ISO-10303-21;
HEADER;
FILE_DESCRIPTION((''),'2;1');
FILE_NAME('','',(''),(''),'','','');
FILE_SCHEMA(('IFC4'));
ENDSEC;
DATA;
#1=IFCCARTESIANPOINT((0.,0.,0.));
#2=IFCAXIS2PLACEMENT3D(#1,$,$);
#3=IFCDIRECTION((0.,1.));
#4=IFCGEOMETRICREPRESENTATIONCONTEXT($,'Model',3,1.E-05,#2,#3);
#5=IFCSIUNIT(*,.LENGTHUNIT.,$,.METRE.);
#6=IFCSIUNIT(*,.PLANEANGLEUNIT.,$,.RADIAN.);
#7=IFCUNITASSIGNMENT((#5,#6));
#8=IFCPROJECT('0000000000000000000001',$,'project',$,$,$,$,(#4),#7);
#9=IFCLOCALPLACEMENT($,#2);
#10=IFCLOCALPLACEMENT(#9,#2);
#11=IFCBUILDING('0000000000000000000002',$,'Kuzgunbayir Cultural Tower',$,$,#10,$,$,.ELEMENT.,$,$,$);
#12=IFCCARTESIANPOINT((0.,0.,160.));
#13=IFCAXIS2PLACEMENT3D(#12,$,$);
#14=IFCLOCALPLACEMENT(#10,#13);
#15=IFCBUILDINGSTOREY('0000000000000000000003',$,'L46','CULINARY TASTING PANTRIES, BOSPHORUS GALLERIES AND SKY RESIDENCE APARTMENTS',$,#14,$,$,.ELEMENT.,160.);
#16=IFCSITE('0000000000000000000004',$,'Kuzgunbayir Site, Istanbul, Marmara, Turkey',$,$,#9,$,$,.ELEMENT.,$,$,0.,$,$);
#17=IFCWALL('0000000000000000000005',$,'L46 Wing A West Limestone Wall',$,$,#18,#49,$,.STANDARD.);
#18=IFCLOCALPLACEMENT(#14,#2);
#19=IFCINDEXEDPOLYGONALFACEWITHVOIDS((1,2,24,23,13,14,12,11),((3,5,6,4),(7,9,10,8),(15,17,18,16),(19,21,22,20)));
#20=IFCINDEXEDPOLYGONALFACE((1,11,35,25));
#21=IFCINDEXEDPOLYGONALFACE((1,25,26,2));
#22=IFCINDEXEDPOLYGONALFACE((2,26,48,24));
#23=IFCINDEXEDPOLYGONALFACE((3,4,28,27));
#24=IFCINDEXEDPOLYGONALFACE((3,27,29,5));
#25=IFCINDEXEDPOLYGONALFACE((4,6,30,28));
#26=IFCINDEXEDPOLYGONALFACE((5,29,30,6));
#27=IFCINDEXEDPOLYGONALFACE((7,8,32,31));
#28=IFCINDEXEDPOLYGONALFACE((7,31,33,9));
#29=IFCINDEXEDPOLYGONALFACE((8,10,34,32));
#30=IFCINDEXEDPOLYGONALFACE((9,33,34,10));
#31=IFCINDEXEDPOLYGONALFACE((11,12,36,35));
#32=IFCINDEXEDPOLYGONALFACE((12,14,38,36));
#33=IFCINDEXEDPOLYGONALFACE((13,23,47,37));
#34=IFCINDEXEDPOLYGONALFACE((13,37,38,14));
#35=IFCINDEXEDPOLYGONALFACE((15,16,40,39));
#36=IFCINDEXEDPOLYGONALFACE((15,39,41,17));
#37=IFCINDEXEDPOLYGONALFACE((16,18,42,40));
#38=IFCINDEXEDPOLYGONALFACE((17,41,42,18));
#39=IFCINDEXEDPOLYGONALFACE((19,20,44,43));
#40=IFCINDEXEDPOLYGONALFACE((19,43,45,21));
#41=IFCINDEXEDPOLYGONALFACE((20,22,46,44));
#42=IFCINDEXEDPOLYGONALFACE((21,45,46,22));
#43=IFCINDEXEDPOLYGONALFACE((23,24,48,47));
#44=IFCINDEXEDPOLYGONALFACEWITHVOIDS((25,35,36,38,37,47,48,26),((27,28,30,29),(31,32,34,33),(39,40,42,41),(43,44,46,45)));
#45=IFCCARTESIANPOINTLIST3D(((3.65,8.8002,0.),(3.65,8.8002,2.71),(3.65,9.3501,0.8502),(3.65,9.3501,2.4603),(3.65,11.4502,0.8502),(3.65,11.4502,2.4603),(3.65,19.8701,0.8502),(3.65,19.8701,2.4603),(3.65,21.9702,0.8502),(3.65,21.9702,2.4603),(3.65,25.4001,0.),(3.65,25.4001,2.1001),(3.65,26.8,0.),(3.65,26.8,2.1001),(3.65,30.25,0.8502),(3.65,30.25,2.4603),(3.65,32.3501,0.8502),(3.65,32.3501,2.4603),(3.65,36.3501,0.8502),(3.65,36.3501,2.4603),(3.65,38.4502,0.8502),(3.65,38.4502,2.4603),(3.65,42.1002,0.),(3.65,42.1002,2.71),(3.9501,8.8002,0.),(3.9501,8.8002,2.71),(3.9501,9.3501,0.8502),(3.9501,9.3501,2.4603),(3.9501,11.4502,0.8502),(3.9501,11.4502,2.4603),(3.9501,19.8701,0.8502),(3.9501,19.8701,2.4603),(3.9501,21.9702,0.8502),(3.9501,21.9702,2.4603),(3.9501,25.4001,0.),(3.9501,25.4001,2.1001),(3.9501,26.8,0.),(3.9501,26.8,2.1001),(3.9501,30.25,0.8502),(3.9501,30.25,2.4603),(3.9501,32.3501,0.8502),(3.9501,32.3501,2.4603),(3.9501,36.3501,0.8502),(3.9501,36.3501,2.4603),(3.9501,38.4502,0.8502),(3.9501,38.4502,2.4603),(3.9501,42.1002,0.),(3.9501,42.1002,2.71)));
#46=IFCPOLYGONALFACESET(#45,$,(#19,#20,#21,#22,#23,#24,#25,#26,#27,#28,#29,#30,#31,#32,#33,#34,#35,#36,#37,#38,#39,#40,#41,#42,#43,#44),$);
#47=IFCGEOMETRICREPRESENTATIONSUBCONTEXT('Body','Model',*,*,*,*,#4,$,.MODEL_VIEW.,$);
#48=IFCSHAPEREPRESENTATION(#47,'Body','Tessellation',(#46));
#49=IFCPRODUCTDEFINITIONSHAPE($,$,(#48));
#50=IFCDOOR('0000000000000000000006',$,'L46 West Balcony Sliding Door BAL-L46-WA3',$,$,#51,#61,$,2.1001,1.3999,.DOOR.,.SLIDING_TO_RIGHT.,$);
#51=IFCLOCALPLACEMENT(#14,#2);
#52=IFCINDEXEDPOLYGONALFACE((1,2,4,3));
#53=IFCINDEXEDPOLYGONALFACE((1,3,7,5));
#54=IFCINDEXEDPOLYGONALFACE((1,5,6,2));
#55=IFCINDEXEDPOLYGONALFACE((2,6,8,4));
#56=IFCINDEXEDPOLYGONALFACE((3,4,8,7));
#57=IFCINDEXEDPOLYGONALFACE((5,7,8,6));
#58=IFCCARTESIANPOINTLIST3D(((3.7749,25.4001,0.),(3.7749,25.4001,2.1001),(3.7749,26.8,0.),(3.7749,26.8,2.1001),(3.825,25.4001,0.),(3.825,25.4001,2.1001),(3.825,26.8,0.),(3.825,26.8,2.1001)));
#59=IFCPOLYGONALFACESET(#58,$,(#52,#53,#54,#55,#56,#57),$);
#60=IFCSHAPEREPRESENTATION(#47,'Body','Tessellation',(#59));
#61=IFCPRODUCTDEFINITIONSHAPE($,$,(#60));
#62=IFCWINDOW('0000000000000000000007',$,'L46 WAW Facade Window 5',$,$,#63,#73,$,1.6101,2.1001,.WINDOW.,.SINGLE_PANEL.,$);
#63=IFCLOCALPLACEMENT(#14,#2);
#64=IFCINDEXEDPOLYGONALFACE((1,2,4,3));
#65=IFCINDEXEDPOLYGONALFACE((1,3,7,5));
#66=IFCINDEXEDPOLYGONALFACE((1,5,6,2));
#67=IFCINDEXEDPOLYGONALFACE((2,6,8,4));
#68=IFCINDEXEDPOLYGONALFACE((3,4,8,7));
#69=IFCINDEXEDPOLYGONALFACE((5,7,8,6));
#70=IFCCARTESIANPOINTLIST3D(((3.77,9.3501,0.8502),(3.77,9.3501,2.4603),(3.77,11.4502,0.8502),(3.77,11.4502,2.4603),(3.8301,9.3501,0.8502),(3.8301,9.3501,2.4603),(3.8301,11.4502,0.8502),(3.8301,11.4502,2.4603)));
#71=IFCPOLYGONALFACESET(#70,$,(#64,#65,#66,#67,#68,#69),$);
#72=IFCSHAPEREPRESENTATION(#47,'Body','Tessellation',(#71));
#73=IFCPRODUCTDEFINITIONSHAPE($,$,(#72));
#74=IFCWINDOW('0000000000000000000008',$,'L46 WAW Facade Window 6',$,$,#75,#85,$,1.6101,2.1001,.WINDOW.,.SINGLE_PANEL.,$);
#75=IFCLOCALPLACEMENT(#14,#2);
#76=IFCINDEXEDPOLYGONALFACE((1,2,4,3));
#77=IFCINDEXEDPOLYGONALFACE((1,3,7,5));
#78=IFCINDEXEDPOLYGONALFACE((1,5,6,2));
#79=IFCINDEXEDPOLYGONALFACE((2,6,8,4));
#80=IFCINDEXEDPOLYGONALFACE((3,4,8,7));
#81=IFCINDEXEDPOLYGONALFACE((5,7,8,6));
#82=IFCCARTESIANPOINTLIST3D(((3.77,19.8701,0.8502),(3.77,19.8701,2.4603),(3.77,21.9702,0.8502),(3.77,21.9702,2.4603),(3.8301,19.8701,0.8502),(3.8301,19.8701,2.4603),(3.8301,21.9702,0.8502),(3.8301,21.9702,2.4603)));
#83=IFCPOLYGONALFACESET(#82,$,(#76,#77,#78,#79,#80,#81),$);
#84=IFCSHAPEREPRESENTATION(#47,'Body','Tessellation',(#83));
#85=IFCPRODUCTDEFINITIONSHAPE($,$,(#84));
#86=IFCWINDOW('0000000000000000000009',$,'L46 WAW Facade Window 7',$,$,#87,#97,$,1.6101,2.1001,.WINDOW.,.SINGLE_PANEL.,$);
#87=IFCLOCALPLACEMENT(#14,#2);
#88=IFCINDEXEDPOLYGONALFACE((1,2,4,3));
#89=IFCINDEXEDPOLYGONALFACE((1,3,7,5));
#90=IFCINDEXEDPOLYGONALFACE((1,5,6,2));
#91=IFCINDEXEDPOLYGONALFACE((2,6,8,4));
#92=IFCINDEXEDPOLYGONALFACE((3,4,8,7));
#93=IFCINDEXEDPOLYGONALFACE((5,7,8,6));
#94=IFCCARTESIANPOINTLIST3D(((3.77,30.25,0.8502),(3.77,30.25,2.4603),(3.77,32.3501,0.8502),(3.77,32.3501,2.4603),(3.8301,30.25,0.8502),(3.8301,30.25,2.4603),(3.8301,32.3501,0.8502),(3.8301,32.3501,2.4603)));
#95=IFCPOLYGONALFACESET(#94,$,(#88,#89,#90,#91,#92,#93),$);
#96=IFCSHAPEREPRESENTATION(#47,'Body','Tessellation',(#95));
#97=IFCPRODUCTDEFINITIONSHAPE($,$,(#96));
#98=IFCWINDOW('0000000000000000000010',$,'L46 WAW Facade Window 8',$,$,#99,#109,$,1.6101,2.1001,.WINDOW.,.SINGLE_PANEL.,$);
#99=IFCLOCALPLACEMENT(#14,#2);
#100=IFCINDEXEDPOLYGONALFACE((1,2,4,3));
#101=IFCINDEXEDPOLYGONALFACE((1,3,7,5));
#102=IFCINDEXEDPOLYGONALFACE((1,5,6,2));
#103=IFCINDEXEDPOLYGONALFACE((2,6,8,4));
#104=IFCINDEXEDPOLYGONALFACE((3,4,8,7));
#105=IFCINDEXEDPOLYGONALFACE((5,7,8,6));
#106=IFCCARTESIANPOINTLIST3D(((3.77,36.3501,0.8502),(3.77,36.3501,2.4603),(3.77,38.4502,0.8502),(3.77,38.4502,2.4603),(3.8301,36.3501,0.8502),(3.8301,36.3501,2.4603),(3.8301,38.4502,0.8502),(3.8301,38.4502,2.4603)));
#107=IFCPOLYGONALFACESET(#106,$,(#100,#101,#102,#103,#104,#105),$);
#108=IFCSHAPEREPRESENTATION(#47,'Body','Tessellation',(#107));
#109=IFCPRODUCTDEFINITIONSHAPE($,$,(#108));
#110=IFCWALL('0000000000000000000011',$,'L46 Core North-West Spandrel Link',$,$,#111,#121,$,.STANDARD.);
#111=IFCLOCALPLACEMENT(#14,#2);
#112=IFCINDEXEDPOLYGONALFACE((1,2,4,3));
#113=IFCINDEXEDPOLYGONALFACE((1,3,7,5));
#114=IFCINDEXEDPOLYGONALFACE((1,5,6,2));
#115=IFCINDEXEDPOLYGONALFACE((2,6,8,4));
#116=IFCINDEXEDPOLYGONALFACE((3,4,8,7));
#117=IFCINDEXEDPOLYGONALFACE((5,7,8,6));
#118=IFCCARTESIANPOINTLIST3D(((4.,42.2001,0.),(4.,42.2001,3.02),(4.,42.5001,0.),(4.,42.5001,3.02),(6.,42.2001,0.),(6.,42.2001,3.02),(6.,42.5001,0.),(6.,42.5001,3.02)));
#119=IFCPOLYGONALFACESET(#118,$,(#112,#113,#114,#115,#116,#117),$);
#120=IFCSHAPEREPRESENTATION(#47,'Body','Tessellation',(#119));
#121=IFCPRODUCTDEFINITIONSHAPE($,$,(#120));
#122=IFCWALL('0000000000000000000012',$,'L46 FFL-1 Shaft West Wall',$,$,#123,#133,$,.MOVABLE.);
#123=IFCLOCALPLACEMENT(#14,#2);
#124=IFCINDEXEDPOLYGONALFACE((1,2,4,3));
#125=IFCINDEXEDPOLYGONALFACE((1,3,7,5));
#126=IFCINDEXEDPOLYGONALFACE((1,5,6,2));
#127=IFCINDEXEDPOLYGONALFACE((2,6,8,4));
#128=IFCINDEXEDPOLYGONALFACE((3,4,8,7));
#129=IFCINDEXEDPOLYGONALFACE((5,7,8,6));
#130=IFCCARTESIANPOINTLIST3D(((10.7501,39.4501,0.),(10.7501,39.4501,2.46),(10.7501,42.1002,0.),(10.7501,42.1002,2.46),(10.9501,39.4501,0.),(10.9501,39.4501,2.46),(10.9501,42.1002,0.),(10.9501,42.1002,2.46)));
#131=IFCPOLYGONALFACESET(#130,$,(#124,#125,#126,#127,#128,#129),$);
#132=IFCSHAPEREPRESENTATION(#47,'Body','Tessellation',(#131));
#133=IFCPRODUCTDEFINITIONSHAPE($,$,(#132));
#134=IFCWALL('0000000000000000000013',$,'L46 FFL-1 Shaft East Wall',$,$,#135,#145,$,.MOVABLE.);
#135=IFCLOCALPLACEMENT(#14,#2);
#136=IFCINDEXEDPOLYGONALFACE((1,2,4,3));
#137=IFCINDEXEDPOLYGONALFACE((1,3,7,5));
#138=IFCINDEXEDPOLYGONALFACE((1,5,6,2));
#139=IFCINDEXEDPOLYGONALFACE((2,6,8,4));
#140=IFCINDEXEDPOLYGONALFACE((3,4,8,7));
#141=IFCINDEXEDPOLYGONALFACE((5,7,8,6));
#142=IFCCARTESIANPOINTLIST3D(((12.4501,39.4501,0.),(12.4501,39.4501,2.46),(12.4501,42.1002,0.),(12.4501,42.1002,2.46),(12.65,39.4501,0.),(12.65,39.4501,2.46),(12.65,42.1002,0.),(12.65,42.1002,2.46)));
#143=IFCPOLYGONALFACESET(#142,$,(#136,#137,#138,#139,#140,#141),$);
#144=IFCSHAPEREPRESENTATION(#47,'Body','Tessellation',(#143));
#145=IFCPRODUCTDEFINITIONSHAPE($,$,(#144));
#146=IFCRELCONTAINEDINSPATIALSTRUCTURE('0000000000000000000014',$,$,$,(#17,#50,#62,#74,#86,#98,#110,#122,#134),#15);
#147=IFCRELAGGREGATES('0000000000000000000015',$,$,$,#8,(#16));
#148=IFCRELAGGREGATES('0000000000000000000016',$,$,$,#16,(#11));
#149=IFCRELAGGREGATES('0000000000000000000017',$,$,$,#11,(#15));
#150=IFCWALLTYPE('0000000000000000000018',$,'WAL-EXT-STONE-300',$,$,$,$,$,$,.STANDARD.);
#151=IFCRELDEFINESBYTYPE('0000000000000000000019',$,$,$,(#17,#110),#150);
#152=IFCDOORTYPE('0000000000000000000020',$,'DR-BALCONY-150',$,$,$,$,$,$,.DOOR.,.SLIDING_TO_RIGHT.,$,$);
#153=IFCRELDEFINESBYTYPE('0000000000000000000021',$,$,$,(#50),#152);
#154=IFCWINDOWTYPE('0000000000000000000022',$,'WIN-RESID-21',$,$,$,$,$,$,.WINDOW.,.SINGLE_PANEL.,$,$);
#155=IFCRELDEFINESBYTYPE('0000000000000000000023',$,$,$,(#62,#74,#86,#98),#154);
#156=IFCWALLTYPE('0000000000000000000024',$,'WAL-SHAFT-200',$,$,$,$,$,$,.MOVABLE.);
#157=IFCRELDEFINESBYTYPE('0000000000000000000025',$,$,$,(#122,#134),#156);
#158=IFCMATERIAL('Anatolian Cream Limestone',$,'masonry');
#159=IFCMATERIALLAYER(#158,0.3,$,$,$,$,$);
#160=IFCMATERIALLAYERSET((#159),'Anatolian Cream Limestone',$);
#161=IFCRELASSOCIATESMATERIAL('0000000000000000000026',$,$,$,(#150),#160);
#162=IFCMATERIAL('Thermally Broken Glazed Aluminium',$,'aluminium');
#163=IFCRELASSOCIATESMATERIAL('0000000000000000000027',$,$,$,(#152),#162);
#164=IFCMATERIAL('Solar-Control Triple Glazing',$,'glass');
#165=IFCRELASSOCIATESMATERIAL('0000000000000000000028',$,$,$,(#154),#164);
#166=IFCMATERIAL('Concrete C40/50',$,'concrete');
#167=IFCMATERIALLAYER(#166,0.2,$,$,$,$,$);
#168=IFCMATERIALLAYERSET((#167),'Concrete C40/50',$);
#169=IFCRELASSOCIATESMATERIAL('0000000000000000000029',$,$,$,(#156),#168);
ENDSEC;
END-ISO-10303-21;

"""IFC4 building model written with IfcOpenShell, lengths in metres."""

from ifc_helpers import new_model, si_unit, direction, frame, frame_2d, origin, place, context, subcontext, project, spatial, rectangle, extrude, material, layer, layer_set, type_object, element, fill, save


model = new_model("IFC4")

# Units and contexts
model_context = context("Model", 3, precision=1e-05, world=origin(), true_north=direction((0.0, 1.0)))
body_context = subcontext(model_context, "Body", "Model", "MODEL_VIEW")
ifc_project = project(units=[si_unit("LENGTHUNIT", "METRE"), si_unit("PLANEANGLEUNIT", "RADIAN")], contexts=[model_context])

# Site, building, storey
site_placement = place(None, origin())
site = spatial("IfcSite", under=ifc_project, at=site_placement, Name="Kuzgunbayir Site, Istanbul, Marmara, Turkey", CompositionType="ELEMENT", RefElevation=0.0)
building_placement = place(site_placement, origin())
building = spatial("IfcBuilding", under=site, at=building_placement, Name="Kuzgunbayir Cultural Tower", CompositionType="ELEMENT")
storey_placement = place(building_placement, frame((0.0, 0.0, 160.0)))
storey = spatial("IfcBuildingStorey", under=building, at=storey_placement, Name="L46", Description="CULINARY TASTING PANTRIES, BOSPHORUS GALLERIES AND SKY RESIDENCE APARTMENTS", CompositionType="ELEMENT", Elevation=160.0)

# Wall, openings, door, windows
ifc_material_1 = material(Name="Anatolian Cream Limestone", Category="masonry")
ifc_layer_1 = layer(ifc_material_1, 0.3)
ifc_layer_set_1 = layer_set([ifc_layer_1], Name="Anatolian Cream Limestone")
wall_type_1 = type_object("IfcWallType", Name="WAL-EXT-STONE-300", PredefinedType="STANDARD", material=ifc_layer_set_1)
wall_1_placement = place(storey_placement, frame((3.8, 42.1001, 0.0), z_axis=(0.0, 0.0, 1.0), x_axis=(0.0, -1.0, 0.0)))
wall_1 = element("IfcWall", 1, at=wall_1_placement, inside=storey, type_object=wall_type_1, Name="L46 Wing A West Limestone Wall", PredefinedType="STANDARD", context=body_context, shape_type="SweptSolid", body=[
    extrude(rectangle(XDim=33.3, YDim=0.3, at=frame_2d((16.6499, 0.0))), origin(), (0.0, 0.0, 1.0), 2.71),
])
opening_1_placement = place(wall_1_placement, frame((15.3, 0.0, 0.0)))
opening_1 = element("IfcOpeningElement", 2, at=opening_1_placement, cuts=wall_1, PredefinedType="OPENING", context=body_context, shape_type="SweptSolid", body=[
    extrude(rectangle(XDim=1.3999, YDim=2.1001, at=frame_2d((0.7, 1.05))), frame((0.0, 0.1602, 0.0), z_axis=(0.0, -1.0, 0.0), x_axis=(1.0, 0.0, 0.0)), (0.0, 0.0, 1.0), 0.3201),
])
opening_2_placement = place(wall_1_placement, frame((30.6499, 0.0, 0.8501)))
opening_2 = element("IfcOpeningElement", 3, at=opening_2_placement, cuts=wall_1, PredefinedType="OPENING", context=body_context, shape_type="SweptSolid", body=[
    extrude(rectangle(XDim=2.1001, YDim=1.6101, at=frame_2d((1.05, 0.8052))), frame((0.0, 0.1602, 0.0), z_axis=(0.0, -1.0, 0.0), x_axis=(1.0, 0.0, 0.0)), (0.0, 0.0, 1.0), 0.3201),
])
opening_3_placement = place(wall_1_placement, frame((20.1299, 0.0, 0.8501)))
opening_3 = element("IfcOpeningElement", 4, at=opening_3_placement, cuts=wall_1, PredefinedType="OPENING", context=body_context, shape_type="SweptSolid", body=[
    extrude(rectangle(XDim=2.1001, YDim=1.6101, at=frame_2d((1.05, 0.8052))), frame((0.0, 0.1602, 0.0), z_axis=(0.0, -1.0, 0.0), x_axis=(1.0, 0.0, 0.0)), (0.0, 0.0, 1.0), 0.3201),
])
opening_4_placement = place(wall_1_placement, frame((9.75, 0.0, 0.8501)))
opening_4 = element("IfcOpeningElement", 5, at=opening_4_placement, cuts=wall_1, PredefinedType="OPENING", context=body_context, shape_type="SweptSolid", body=[
    extrude(rectangle(XDim=2.1001, YDim=1.6101, at=frame_2d((1.05, 0.8052))), frame((0.0, 0.1602, 0.0), z_axis=(0.0, -1.0, 0.0), x_axis=(1.0, 0.0, 0.0)), (0.0, 0.0, 1.0), 0.3201),
])
opening_5_placement = place(wall_1_placement, frame((3.6499, 0.0, 0.8501)))
opening_5 = element("IfcOpeningElement", 6, at=opening_5_placement, cuts=wall_1, PredefinedType="OPENING", context=body_context, shape_type="SweptSolid", body=[
    extrude(rectangle(XDim=2.1001, YDim=1.6101, at=frame_2d((1.05, 0.8052))), frame((0.0, 0.1602, 0.0), z_axis=(0.0, -1.0, 0.0), x_axis=(1.0, 0.0, 0.0)), (0.0, 0.0, 1.0), 0.3201),
])
ifc_material_2 = material(Name="Thermally Broken Glazed Aluminium", Category="aluminium")
door_type_1 = type_object("IfcDoorType", Name="DR-BALCONY-150", OperationType="SLIDING_TO_RIGHT", PredefinedType="DOOR", material=ifc_material_2)
door_1_placement = place(opening_1_placement, origin())
door_1 = element("IfcDoor", 7, at=door_1_placement, inside=storey, type_object=door_type_1, Name="L46 West Balcony Sliding Door BAL-L46-WA3", OperationType="SLIDING_TO_RIGHT", OverallHeight=2.1001, OverallWidth=1.3999, PredefinedType="DOOR", context=body_context, shape_type="SweptSolid", body=[
    extrude(rectangle(XDim=1.3999, YDim=2.1001, at=frame_2d((0.7, 1.05))), frame((0.0, 0.0249, 0.0), z_axis=(0.0, -1.0, 0.0), x_axis=(1.0, 0.0, 0.0)), (0.0, 0.0, 1.0), 0.05),
])
fill(opening_1, door_1)
ifc_material_3 = material(Name="Solar-Control Triple Glazing", Category="glass")
window_type = type_object("IfcWindowType", Name="WIN-RESID-21", PartitioningType="SINGLE_PANEL", PredefinedType="WINDOW", material=ifc_material_3)
window_1_placement = place(opening_2_placement, origin())
window_1 = element("IfcWindow", 8, at=window_1_placement, inside=storey, type_object=window_type, Name="L46 WAW Facade Window 5", OverallHeight=1.6101, OverallWidth=2.1001, PartitioningType="SINGLE_PANEL", PredefinedType="WINDOW", context=body_context, shape_type="SweptSolid", body=[
    extrude(rectangle(XDim=2.1001, YDim=1.6101, at=frame_2d((1.05, 0.8052))), frame((0.0, 0.03, 0.0), z_axis=(0.0, -1.0, 0.0), x_axis=(1.0, 0.0, 0.0)), (0.0, 0.0, 1.0), 0.0601),
])
fill(opening_2, window_1)
window_2_placement = place(opening_3_placement, origin())
window_2 = element("IfcWindow", 9, at=window_2_placement, inside=storey, type_object=window_type, Name="L46 WAW Facade Window 6", OverallHeight=1.6101, OverallWidth=2.1001, PartitioningType="SINGLE_PANEL", PredefinedType="WINDOW", context=body_context, shape_type="SweptSolid", body=[
    extrude(rectangle(XDim=2.1001, YDim=1.6101, at=frame_2d((1.05, 0.8052))), frame((0.0, 0.03, 0.0), z_axis=(0.0, -1.0, 0.0), x_axis=(1.0, 0.0, 0.0)), (0.0, 0.0, 1.0), 0.0601),
])
fill(opening_3, window_2)
window_3_placement = place(opening_4_placement, origin())
window_3 = element("IfcWindow", 10, at=window_3_placement, inside=storey, type_object=window_type, Name="L46 WAW Facade Window 7", OverallHeight=1.6101, OverallWidth=2.1001, PartitioningType="SINGLE_PANEL", PredefinedType="WINDOW", context=body_context, shape_type="SweptSolid", body=[
    extrude(rectangle(XDim=2.1001, YDim=1.6101, at=frame_2d((1.05, 0.8052))), frame((0.0, 0.03, 0.0), z_axis=(0.0, -1.0, 0.0), x_axis=(1.0, 0.0, 0.0)), (0.0, 0.0, 1.0), 0.0601),
])
fill(opening_4, window_3)
window_4_placement = place(opening_5_placement, origin())
window_4 = element("IfcWindow", 11, at=window_4_placement, inside=storey, type_object=window_type, Name="L46 WAW Facade Window 8", OverallHeight=1.6101, OverallWidth=2.1001, PartitioningType="SINGLE_PANEL", PredefinedType="WINDOW", context=body_context, shape_type="SweptSolid", body=[
    extrude(rectangle(XDim=2.1001, YDim=1.6101, at=frame_2d((1.05, 0.8052))), frame((0.0, 0.03, 0.0), z_axis=(0.0, -1.0, 0.0), x_axis=(1.0, 0.0, 0.0)), (0.0, 0.0, 1.0), 0.0601),
])
fill(opening_5, window_4)

# Wall
wall_2_placement = place(storey_placement, frame((6.0, 42.3501, 0.0), z_axis=(0.0, 0.0, 1.0), x_axis=(-1.0, 0.0, 0.0)))
element("IfcWall", 12, at=wall_2_placement, inside=storey, type_object=wall_type_1, Name="L46 Core North-West Spandrel Link", PredefinedType="STANDARD", context=body_context, shape_type="SweptSolid", body=[
    extrude(rectangle(XDim=2.0, YDim=0.3, at=frame_2d((1.0, 0.0))), origin(), (0.0, 0.0, 1.0), 3.02),
])

# Shared definitions
ifc_material_4 = material(Name="Concrete C40/50", Category="concrete")
ifc_layer_2 = layer(ifc_material_4, 0.2)
ifc_layer_set_2 = layer_set([ifc_layer_2], Name="Concrete C40/50")
wall_type_2 = type_object("IfcWallType", Name="WAL-SHAFT-200", PredefinedType="MOVABLE", material=ifc_layer_set_2)

# Walls
for number, where, z_axis, x_axis, name in (
    (13, (10.8501, 39.45, 0.0), (0.0, 0.0, 1.0), (0.0, 1.0, 0.0), "L46 FFL-1 Shaft West Wall"),
    (14, (12.55, 39.45, 0.0), (0.0, 0.0, 1.0), (0.0, 1.0, 0.0), "L46 FFL-1 Shaft East Wall"),
):
    element("IfcWall", number, at=place(storey_placement, frame(where, z_axis=z_axis, x_axis=x_axis)), inside=storey, type_object=wall_type_2, Name=name, PredefinedType="MOVABLE", context=body_context, shape_type="SweptSolid", body=[
        extrude(rectangle(XDim=2.6501, YDim=0.2, at=frame_2d((1.3252, 0.0))), origin(), (0.0, 0.0, 1.0), 2.46),
    ])

save(model, "model.ifc")
